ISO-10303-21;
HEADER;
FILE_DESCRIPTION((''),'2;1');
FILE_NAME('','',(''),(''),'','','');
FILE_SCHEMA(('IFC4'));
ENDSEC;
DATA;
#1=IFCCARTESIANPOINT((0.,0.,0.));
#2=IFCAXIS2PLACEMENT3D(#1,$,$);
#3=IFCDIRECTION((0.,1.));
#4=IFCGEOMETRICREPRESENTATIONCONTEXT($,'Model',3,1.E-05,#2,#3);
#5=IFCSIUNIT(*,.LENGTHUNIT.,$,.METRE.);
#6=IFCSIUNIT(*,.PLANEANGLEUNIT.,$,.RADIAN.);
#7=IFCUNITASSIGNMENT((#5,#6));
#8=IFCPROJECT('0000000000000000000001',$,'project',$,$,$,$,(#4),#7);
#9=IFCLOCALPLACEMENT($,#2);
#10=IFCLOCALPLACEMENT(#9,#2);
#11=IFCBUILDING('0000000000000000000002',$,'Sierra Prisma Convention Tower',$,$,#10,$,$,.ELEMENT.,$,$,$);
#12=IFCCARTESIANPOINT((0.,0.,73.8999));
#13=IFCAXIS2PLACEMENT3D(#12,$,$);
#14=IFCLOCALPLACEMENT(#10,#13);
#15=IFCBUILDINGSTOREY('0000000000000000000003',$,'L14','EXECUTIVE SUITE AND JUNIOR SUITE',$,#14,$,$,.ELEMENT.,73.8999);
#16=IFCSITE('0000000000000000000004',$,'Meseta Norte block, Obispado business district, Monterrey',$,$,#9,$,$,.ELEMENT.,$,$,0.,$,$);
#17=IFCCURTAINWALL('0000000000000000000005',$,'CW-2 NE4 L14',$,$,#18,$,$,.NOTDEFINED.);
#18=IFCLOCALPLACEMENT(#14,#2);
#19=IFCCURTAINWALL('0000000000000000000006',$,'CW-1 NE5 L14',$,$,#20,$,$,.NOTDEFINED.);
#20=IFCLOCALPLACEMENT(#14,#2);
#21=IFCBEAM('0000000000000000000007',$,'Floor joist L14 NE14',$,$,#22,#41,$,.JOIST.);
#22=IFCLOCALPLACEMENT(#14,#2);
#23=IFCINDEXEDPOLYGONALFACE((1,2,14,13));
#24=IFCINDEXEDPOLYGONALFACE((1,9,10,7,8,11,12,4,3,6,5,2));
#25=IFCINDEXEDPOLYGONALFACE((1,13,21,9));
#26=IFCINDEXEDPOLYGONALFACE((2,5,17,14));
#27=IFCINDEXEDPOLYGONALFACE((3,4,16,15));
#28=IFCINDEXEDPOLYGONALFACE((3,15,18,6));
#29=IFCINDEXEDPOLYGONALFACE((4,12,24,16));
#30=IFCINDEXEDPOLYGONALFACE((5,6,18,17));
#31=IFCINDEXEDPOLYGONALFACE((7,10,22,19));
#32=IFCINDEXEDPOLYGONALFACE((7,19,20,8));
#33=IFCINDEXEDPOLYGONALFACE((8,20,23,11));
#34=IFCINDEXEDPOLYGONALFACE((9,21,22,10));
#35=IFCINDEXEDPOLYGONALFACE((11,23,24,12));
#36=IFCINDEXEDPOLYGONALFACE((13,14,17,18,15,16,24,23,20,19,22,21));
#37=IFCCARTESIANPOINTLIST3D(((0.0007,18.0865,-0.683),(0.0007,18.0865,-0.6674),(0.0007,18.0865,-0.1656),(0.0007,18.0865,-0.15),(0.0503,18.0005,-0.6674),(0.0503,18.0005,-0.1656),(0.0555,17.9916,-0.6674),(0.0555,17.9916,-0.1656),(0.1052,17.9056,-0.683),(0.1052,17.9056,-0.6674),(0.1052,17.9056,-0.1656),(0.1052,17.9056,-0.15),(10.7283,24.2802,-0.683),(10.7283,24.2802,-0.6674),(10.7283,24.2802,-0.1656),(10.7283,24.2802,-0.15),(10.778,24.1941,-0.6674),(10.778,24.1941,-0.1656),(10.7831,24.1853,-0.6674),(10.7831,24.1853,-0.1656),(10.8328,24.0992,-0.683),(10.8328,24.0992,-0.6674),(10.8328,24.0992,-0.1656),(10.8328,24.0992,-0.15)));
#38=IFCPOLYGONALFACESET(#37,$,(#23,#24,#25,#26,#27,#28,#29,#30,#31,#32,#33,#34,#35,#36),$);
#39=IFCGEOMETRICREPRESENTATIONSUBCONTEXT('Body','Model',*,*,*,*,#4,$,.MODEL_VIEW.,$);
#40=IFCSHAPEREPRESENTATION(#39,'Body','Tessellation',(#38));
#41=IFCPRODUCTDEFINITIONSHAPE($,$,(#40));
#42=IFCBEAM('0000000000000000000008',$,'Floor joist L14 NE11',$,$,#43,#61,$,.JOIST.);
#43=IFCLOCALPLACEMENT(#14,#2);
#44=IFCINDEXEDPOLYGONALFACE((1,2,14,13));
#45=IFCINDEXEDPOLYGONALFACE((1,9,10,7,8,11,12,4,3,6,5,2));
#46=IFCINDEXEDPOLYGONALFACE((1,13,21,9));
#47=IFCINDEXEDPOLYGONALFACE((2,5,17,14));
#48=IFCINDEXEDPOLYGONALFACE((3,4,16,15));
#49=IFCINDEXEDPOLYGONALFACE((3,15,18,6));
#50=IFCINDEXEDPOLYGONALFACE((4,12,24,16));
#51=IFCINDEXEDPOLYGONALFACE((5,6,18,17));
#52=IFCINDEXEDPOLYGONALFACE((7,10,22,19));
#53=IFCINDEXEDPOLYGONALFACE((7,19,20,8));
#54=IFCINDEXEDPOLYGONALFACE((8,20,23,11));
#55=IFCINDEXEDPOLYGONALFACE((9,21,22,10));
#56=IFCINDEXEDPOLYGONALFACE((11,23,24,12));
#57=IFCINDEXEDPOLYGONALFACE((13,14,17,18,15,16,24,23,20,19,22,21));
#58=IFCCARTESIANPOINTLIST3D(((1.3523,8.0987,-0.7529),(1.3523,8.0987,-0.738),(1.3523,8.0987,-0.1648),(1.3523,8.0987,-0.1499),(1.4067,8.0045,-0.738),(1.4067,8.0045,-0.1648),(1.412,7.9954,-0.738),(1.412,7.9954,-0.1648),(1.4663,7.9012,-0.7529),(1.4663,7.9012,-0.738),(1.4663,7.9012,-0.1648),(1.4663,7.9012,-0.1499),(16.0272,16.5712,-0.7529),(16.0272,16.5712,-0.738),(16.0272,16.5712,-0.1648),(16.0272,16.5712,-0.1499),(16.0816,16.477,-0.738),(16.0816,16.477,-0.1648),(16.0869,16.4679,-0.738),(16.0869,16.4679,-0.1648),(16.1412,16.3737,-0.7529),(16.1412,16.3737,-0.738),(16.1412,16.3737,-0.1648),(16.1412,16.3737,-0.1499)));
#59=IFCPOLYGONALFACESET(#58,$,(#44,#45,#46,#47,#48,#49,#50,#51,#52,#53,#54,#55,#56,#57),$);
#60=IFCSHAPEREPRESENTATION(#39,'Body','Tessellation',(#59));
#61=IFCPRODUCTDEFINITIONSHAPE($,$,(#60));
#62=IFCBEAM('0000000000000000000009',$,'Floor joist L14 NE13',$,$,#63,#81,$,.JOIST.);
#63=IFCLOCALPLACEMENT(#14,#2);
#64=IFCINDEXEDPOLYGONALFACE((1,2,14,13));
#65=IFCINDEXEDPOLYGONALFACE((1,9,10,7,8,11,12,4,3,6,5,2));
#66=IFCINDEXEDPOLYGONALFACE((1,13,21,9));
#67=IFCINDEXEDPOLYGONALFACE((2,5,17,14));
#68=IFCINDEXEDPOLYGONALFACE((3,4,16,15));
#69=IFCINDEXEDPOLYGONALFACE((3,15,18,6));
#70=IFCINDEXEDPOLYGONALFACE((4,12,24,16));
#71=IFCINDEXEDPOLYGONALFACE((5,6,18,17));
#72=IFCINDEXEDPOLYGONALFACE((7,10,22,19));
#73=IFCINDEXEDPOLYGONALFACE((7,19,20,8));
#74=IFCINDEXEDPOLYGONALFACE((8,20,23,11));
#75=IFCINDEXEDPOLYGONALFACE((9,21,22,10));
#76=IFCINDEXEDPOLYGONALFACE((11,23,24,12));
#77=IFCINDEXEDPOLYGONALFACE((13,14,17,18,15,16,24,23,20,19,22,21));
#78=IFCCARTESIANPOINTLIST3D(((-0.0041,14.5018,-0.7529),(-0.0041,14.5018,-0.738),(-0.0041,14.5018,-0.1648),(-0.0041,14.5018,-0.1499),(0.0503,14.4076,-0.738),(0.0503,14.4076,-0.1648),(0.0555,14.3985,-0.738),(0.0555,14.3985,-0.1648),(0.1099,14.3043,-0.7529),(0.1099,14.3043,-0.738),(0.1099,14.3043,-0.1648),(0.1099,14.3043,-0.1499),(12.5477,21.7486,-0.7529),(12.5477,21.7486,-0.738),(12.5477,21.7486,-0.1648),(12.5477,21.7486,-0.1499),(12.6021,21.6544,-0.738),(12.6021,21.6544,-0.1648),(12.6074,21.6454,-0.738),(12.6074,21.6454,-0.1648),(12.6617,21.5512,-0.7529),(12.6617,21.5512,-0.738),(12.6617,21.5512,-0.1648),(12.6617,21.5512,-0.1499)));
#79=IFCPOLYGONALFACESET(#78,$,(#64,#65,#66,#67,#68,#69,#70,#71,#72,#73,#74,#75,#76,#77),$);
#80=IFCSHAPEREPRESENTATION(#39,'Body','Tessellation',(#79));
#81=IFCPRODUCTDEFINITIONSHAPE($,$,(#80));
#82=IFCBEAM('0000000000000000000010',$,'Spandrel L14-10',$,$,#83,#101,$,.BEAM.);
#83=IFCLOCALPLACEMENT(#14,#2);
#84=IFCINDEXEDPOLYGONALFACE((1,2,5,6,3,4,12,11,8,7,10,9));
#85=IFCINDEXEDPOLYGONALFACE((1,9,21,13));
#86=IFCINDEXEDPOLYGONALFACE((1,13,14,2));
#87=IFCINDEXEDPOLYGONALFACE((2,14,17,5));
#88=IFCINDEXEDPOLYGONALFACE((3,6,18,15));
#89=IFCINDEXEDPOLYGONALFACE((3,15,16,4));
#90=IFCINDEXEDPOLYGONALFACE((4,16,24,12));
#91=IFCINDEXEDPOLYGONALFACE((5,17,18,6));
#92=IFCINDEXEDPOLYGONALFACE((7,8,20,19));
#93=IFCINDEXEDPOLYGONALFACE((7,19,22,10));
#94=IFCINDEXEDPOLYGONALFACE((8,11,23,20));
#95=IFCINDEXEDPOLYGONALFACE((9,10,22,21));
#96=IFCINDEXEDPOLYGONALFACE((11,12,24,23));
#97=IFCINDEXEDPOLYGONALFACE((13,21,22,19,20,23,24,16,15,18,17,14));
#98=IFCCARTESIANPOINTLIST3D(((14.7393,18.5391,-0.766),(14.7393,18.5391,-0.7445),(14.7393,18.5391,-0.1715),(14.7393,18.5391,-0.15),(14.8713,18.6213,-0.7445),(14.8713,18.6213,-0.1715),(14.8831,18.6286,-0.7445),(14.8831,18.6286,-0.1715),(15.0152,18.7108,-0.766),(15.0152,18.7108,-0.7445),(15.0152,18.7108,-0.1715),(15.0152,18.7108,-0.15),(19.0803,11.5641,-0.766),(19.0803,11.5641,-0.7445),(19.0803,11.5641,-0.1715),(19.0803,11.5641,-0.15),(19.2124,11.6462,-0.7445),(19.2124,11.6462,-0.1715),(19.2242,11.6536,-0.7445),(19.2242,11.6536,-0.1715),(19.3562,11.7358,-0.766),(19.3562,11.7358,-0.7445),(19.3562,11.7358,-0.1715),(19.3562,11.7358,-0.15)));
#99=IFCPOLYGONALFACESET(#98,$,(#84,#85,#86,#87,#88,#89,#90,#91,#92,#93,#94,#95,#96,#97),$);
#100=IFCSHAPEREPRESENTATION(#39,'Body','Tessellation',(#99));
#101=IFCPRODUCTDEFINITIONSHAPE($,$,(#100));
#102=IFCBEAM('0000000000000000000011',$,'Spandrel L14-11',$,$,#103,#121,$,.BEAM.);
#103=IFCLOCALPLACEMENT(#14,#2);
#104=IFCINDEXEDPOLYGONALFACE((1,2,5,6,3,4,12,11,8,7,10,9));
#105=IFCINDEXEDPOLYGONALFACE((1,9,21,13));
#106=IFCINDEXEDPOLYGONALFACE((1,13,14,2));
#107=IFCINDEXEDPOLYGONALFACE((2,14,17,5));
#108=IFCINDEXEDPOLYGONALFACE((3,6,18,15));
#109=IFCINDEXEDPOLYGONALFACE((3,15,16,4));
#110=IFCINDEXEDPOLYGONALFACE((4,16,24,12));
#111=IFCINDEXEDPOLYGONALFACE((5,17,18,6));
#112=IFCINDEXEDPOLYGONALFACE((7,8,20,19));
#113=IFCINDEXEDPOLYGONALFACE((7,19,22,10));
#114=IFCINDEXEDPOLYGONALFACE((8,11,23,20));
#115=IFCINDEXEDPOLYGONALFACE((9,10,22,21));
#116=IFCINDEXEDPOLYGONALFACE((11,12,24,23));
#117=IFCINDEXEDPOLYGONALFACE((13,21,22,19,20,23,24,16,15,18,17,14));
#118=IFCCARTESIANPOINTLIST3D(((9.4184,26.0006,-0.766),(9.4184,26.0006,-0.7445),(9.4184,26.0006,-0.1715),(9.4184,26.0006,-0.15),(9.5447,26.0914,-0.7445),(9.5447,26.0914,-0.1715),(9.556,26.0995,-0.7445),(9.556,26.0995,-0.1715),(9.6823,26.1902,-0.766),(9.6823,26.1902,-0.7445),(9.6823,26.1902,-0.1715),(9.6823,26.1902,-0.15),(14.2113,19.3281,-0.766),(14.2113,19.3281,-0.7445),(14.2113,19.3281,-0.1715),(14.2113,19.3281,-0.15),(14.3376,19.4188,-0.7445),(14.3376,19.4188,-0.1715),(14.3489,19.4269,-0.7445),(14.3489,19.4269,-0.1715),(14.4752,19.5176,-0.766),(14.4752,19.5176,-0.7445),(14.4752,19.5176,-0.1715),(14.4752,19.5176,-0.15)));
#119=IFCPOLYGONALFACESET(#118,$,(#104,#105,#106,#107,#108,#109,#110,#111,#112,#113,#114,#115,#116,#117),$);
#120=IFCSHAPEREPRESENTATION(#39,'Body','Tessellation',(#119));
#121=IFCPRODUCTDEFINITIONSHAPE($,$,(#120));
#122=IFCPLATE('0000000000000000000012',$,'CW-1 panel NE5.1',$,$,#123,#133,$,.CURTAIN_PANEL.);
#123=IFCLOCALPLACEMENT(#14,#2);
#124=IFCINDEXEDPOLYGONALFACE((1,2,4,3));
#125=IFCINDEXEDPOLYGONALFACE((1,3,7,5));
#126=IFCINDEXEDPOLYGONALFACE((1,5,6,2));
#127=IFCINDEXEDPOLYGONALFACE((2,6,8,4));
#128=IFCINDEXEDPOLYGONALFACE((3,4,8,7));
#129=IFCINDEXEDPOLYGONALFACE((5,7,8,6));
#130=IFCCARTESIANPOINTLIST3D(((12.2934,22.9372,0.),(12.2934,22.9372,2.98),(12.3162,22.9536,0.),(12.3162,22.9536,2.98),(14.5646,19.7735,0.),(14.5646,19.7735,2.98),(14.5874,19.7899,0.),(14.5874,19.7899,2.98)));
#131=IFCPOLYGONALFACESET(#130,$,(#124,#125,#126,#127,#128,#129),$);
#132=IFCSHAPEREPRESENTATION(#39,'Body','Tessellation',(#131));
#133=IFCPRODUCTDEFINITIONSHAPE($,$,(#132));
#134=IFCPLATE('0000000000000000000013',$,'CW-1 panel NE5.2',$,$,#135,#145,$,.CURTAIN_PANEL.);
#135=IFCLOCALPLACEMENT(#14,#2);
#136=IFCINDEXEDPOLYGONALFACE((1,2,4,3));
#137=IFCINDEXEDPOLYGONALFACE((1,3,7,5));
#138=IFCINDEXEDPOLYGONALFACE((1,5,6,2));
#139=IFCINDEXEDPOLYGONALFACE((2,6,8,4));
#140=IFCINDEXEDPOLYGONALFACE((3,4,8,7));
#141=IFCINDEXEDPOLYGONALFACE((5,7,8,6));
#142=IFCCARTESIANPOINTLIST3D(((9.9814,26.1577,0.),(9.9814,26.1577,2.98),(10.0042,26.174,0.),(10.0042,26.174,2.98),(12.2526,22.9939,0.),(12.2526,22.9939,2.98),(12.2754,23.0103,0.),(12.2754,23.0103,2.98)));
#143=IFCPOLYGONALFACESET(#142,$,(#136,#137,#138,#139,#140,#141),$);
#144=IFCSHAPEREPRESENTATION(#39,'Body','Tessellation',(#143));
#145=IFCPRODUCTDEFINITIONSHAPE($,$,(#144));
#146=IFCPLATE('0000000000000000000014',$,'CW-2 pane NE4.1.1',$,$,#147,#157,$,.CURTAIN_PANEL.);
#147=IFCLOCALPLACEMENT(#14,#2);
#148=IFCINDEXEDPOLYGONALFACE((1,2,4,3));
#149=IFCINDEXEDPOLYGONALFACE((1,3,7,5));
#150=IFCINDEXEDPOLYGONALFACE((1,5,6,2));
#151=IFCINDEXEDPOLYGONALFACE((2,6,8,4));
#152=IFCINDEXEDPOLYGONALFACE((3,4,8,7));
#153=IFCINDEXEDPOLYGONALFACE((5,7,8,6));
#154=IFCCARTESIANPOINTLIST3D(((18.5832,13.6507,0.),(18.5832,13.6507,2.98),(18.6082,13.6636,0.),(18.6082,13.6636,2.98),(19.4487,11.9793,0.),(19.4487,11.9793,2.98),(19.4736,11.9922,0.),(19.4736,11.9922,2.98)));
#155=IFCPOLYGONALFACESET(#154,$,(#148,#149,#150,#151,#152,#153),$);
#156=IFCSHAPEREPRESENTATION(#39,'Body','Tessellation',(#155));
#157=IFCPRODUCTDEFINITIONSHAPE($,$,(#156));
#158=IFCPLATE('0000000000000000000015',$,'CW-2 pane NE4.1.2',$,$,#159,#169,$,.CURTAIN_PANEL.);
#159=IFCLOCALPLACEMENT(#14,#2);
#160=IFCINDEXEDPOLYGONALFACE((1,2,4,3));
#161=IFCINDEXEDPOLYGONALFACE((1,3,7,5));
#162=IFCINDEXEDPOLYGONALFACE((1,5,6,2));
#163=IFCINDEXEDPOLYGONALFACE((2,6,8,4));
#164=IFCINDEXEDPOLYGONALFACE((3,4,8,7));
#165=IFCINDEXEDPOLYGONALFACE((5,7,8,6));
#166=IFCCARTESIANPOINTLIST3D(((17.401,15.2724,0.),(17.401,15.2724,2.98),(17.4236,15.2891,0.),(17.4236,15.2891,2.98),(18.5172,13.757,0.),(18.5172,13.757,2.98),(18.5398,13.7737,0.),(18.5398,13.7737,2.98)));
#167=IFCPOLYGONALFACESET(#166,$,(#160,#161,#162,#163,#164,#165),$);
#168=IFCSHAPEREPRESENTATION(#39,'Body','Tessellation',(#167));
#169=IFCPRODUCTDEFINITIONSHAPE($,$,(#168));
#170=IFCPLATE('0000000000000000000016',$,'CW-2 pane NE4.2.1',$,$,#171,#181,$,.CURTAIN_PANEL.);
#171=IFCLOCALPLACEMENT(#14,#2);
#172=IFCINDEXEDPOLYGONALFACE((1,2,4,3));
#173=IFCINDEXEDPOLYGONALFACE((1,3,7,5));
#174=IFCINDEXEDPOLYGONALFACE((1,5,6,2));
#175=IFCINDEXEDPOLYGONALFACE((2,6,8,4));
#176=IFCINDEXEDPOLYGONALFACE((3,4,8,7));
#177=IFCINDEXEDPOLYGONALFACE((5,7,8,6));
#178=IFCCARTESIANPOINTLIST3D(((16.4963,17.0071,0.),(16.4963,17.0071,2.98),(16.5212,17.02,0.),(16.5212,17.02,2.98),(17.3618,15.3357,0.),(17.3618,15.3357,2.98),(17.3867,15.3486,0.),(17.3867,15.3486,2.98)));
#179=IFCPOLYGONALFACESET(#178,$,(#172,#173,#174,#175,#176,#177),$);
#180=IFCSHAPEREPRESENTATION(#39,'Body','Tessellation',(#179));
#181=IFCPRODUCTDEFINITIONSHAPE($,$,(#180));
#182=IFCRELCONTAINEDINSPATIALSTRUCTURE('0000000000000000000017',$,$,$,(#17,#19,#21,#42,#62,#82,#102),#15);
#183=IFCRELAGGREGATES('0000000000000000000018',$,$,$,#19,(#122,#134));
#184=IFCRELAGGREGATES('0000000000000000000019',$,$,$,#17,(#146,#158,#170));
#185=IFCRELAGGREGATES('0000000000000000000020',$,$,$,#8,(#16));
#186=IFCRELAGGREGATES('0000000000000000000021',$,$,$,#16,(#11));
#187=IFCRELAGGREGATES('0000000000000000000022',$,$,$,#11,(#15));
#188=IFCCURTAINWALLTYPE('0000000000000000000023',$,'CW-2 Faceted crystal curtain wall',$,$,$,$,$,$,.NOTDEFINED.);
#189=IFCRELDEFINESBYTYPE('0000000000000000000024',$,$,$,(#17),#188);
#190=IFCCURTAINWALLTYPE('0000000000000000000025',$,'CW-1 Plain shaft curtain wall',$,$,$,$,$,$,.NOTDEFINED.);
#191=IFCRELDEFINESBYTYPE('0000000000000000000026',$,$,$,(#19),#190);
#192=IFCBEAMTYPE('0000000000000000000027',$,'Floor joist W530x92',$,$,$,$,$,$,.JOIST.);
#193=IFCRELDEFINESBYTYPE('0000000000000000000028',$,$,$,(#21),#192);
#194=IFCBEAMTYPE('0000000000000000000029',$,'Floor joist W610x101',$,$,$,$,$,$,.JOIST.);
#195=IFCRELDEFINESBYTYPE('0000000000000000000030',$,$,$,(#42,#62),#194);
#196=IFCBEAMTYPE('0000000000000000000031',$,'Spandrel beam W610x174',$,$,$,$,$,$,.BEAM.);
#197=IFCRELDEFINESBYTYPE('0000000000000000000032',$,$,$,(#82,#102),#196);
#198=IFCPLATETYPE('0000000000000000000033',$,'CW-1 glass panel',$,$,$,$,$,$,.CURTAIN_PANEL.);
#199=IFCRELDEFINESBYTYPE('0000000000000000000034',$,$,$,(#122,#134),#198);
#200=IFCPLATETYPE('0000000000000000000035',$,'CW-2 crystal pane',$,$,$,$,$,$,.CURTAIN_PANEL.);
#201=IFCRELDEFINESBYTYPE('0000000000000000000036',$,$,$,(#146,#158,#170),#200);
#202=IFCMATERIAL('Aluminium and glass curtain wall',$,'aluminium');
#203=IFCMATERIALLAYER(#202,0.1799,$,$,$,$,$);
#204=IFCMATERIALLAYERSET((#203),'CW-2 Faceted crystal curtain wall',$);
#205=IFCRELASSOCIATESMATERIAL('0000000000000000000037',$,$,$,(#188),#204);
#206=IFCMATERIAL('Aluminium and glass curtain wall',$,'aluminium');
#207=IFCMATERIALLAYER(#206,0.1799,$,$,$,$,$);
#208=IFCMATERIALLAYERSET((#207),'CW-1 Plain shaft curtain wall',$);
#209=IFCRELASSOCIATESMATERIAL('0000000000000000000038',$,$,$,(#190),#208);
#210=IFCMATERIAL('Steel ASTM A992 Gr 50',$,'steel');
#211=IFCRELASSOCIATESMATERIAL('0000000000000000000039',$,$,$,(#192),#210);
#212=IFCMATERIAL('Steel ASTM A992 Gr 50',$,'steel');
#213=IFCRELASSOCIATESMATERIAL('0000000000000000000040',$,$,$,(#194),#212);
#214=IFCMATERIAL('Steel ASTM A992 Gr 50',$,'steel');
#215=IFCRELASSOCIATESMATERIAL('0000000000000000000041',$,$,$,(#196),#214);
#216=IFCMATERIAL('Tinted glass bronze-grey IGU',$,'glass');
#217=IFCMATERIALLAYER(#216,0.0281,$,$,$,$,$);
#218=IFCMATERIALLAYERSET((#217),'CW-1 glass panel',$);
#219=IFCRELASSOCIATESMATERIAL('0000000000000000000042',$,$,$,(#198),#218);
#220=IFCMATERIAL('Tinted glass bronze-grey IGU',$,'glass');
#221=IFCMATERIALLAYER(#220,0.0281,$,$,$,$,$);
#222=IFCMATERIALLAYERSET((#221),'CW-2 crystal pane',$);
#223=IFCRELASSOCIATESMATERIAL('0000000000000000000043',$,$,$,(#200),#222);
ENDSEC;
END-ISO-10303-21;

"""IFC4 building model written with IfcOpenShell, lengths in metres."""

from ifc_helpers import new_model, si_unit, direction, frame, origin, origin_2d, place, context, subcontext, project, spatial, polyline, rectangle, i_section, outline, extrude, material, layer, layer_set, material_profile, profile_set, type_object, element, aggregate, save


model = new_model("IFC4")

# Units and contexts
model_context = context("Model", 3, precision=1e-05, world=origin(), true_north=direction((0.0, 1.0)))
body_context = subcontext(model_context, "Body", "Model", "MODEL_VIEW")
ifc_project = project(units=[si_unit("LENGTHUNIT", "METRE"), si_unit("PLANEANGLEUNIT", "RADIAN")], contexts=[model_context])

# Site, building, storey
site_placement = place(None, origin())
site = spatial("IfcSite", under=ifc_project, at=site_placement, Name="Meseta Norte block, Obispado business district, Monterrey", CompositionType="ELEMENT", RefElevation=0.0)
building_placement = place(site_placement, origin())
building = spatial("IfcBuilding", under=site, at=building_placement, Name="Sierra Prisma Convention Tower", CompositionType="ELEMENT")
storey_placement = place(building_placement, frame((0.0, 0.0, 73.8999)))
storey = spatial("IfcBuildingStorey", under=building, at=storey_placement, Name="L14", Description="EXECUTIVE SUITE AND JUNIOR SUITE", CompositionType="ELEMENT", Elevation=73.8999)

# Curtain walls
ifc_material_1 = material(Name="Aluminium and glass curtain wall", Category="aluminium")
ifc_layer_1 = layer(ifc_material_1, 0.1799)
ifc_layer_set_1 = layer_set([ifc_layer_1], Name="CW-2 Faceted crystal curtain wall")
curtain_wall_type_1 = type_object("IfcCurtainWallType", Name="CW-2 Faceted crystal curtain wall", PredefinedType="NOTDEFINED", material=ifc_layer_set_1)
curtain_wall_1_placement = place(storey_placement, origin())
curtain_wall_1 = element("IfcCurtainWall", 1, at=curtain_wall_1_placement, inside=storey, type_object=curtain_wall_type_1, Name="CW-2 NE4 L14", PredefinedType="NOTDEFINED")
ifc_material_2 = material(Name="Aluminium and glass curtain wall", Category="aluminium")
ifc_layer_2 = layer(ifc_material_2, 0.1799)
ifc_layer_set_2 = layer_set([ifc_layer_2], Name="CW-1 Plain shaft curtain wall")
curtain_wall_type_2 = type_object("IfcCurtainWallType", Name="CW-1 Plain shaft curtain wall", PredefinedType="NOTDEFINED", material=ifc_layer_set_2)
curtain_wall_2_placement = place(storey_placement, origin())
curtain_wall_2 = element("IfcCurtainWall", 2, at=curtain_wall_2_placement, inside=storey, type_object=curtain_wall_type_2, Name="CW-1 NE5 L14", PredefinedType="NOTDEFINED")

# Beams
ifc_material_3 = material(Name="Steel ASTM A992 Gr 50", Category="steel")
ifc_material_profile_1 = material_profile(ifc_material_3, i_section(OverallWidth=0.209, OverallDepth=0.533, WebThickness=0.0103, FlangeThickness=0.0156, at=origin_2d()), Name="W530x92")
ifc_profile_set_1 = profile_set([ifc_material_profile_1], Name="Steel ASTM A992 Gr 50")
beam_type_1 = type_object("IfcBeamType", Name="Floor joist W530x92", PredefinedType="JOIST", material=ifc_profile_set_1)
beam_1_placement = place(storey_placement, frame((10.7805, 24.1897, -0.4165), z_axis=(-0.866023, -0.500003, 0.0), x_axis=(0.500003, -0.866023, 0.0)))
element("IfcBeam", 3, at=beam_1_placement, inside=storey, type_object=beam_type_1, Name="Floor joist L14 NE14", PredefinedType="JOIST", context=body_context, shape_type="SweptSolid", body=[
    extrude(i_section(OverallWidth=0.209, OverallDepth=0.533, WebThickness=0.0103, FlangeThickness=0.0156, at=origin_2d()), origin(), (0.0, 0.0, 1.0), 12.3872),
])
ifc_material_4 = material(Name="Steel ASTM A992 Gr 50", Category="steel")
ifc_material_profile_2 = material_profile(ifc_material_4, i_section(OverallWidth=0.228, OverallDepth=0.603, WebThickness=0.0105, FlangeThickness=0.0149, at=origin_2d()), Name="W610x101")
ifc_profile_set_2 = profile_set([ifc_material_profile_2], Name="Steel ASTM A992 Gr 50")
beam_type_2 = type_object("IfcBeamType", Name="Floor joist W610x101", PredefinedType="JOIST", material=ifc_profile_set_2)
beam_2_placement = place(storey_placement, frame((16.0842, 16.4724, -0.4514), z_axis=(-0.866028, -0.499996, 0.0), x_axis=(0.499996, -0.866028, 0.0)))
element("IfcBeam", 4, at=beam_2_placement, inside=storey, type_object=beam_type_2, Name="Floor joist L14 NE11", PredefinedType="JOIST", context=body_context, shape_type="SweptSolid", body=[
    extrude(i_section(OverallWidth=0.228, OverallDepth=0.603, WebThickness=0.0105, FlangeThickness=0.0149, at=origin_2d()), origin(), (0.0, 0.0, 1.0), 16.9451),
])
beam_3_placement = place(storey_placement, frame((12.6047, 21.6499, -0.4514), z_axis=(-0.866023, -0.500003, 0.0), x_axis=(0.500003, -0.866023, 0.0)))
element("IfcBeam", 5, at=beam_3_placement, inside=storey, type_object=beam_type_2, Name="Floor joist L14 NE13", PredefinedType="JOIST", context=body_context, shape_type="SweptSolid", body=[
    extrude(i_section(OverallWidth=0.228, OverallDepth=0.603, WebThickness=0.0105, FlangeThickness=0.0149, at=origin_2d()), origin(), (0.0, 0.0, 1.0), 14.4937),
])
ifc_material_5 = material(Name="Steel ASTM A992 Gr 50", Category="steel")
ifc_material_profile_3 = material_profile(ifc_material_5, i_section(OverallWidth=0.325, OverallDepth=0.616, WebThickness=0.0139, FlangeThickness=0.0215, at=origin_2d()), Name="W610x174")
ifc_profile_set_3 = profile_set([ifc_material_profile_3], Name="Steel ASTM A992 Gr 50")
beam_type_3 = type_object("IfcBeamType", Name="Spandrel beam W610x174", PredefinedType="BEAM", material=ifc_profile_set_3)
for number, where, z_axis, x_axis, name in (
    (6, (19.2183, 11.6499, -0.458), (-0.52839, 0.849002, 0.0), (-0.849002, -0.52839, 0.0), "Spandrel L14-10"),
    (7, (14.3433, 19.4229, -0.458), (-0.583398, 0.812187, 0.0), (-0.812187, -0.583398, 0.0), "Spandrel L14-11"),
):
    element("IfcBeam", number, at=place(storey_placement, frame(where, z_axis=z_axis, x_axis=x_axis)), inside=storey, type_object=beam_type_3, Name=name, PredefinedType="BEAM", context=body_context, shape_type="SweptSolid", body=[
        extrude(i_section(OverallWidth=0.325, OverallDepth=0.616, WebThickness=0.0139, FlangeThickness=0.0215, at=origin_2d()), origin(), (0.0, 0.0, 1.0), 8.2156),
    ])

# Plates
ifc_material_6 = material(Name="Tinted glass bronze-grey IGU", Category="glass")
ifc_layer_3 = layer(ifc_material_6, 0.0281)
ifc_layer_set_3 = layer_set([ifc_layer_3], Name="CW-1 glass panel")
plate_type_1 = type_object("IfcPlateType", Name="CW-1 glass panel", PredefinedType="CURTAIN_PANEL", material=ifc_layer_set_3)
plate_1_placement = place(storey_placement, frame((13.4404, 21.3635, 0.0), z_axis=(0.0, 0.0, 1.0), x_axis=(-0.583174, 0.812348, 0.0)))
plate_1 = element("IfcPlate", 8, at=plate_1_placement, type_object=plate_type_1, Name="CW-1 panel NE5.1", PredefinedType="CURTAIN_PANEL", context=body_context, shape_type="SweptSolid", body=[
    extrude(rectangle(XDim=3.8945, YDim=0.0281, at=origin_2d()), origin(), (0.0, 0.0, 1.0), 2.98),
])
plate_2_placement = place(storey_placement, frame((11.1284, 24.584, 0.0), z_axis=(0.0, 0.0, 1.0), x_axis=(-0.583174, 0.812348, 0.0)))
plate_2 = element("IfcPlate", 9, at=plate_2_placement, type_object=plate_type_1, Name="CW-1 panel NE5.2", PredefinedType="CURTAIN_PANEL", context=body_context, shape_type="SweptSolid", body=[
    extrude(rectangle(XDim=3.8945, YDim=0.0281, at=origin_2d()), origin(), (0.0, 0.0, 1.0), 2.98),
])
aggregate(curtain_wall_2, [plate_1, plate_2])
ifc_material_7 = material(Name="Tinted glass bronze-grey IGU", Category="glass")
ifc_layer_4 = layer(ifc_material_7, 0.0281)
ifc_layer_set_4 = layer_set([ifc_layer_4], Name="CW-2 crystal pane")
plate_type_2 = type_object("IfcPlateType", Name="CW-2 crystal pane", PredefinedType="CURTAIN_PANEL", material=ifc_layer_set_4)
plate_3_placement = place(storey_placement, frame((19.4736, 11.9922, 0.0), z_axis=(0.888008, 0.459829, 0.0), x_axis=(-0.459829, 0.888008, 0.0)))
plate_3 = element("IfcPlate", 10, at=plate_3_placement, type_object=plate_type_2, Name="CW-2 pane NE4.1.1", PredefinedType="CURTAIN_PANEL", context=body_context, shape_type="SweptSolid", body=[
    extrude(outline(polyline([(0.0, 0.0), (1.8822, 0.0), (1.8822, 2.98), (0.0, 2.98), (0.0, 0.0)])), origin(), (0.0, 0.0, -1.0), 0.0281),
])
plate_4_placement = place(storey_placement, frame((17.4236, 15.2891, 0.0), z_axis=(0.805154, 0.593066, 0.0), x_axis=(0.593066, -0.805154, 0.0)))
plate_4 = element("IfcPlate", 11, at=plate_4_placement, type_object=plate_type_2, Name="CW-2 pane NE4.1.2", PredefinedType="CURTAIN_PANEL", context=body_context, shape_type="SweptSolid", body=[
    extrude(outline(polyline([(0.0, 0.0), (1.8821, 0.0), (1.8821, -2.98), (0.0, -2.98), (0.0, 0.0)])), origin(), (0.0, 0.0, -1.0), 0.0281),
])
plate_5_placement = place(storey_placement, frame((17.3867, 15.3486, 0.0), z_axis=(0.888008, 0.459829, 0.0), x_axis=(-0.459829, 0.888008, 0.0)))
plate_5 = element("IfcPlate", 12, at=plate_5_placement, type_object=plate_type_2, Name="CW-2 pane NE4.2.1", PredefinedType="CURTAIN_PANEL", context=body_context, shape_type="SweptSolid", body=[
    extrude(outline(polyline([(0.0, 0.0), (1.8822, 0.0), (1.8822, 2.98), (0.0, 2.98), (0.0, 0.0)])), origin(), (0.0, 0.0, -1.0), 0.0281),
])
aggregate(curtain_wall_1, [plate_3, plate_4, plate_5])

save(model, "model.ifc")
